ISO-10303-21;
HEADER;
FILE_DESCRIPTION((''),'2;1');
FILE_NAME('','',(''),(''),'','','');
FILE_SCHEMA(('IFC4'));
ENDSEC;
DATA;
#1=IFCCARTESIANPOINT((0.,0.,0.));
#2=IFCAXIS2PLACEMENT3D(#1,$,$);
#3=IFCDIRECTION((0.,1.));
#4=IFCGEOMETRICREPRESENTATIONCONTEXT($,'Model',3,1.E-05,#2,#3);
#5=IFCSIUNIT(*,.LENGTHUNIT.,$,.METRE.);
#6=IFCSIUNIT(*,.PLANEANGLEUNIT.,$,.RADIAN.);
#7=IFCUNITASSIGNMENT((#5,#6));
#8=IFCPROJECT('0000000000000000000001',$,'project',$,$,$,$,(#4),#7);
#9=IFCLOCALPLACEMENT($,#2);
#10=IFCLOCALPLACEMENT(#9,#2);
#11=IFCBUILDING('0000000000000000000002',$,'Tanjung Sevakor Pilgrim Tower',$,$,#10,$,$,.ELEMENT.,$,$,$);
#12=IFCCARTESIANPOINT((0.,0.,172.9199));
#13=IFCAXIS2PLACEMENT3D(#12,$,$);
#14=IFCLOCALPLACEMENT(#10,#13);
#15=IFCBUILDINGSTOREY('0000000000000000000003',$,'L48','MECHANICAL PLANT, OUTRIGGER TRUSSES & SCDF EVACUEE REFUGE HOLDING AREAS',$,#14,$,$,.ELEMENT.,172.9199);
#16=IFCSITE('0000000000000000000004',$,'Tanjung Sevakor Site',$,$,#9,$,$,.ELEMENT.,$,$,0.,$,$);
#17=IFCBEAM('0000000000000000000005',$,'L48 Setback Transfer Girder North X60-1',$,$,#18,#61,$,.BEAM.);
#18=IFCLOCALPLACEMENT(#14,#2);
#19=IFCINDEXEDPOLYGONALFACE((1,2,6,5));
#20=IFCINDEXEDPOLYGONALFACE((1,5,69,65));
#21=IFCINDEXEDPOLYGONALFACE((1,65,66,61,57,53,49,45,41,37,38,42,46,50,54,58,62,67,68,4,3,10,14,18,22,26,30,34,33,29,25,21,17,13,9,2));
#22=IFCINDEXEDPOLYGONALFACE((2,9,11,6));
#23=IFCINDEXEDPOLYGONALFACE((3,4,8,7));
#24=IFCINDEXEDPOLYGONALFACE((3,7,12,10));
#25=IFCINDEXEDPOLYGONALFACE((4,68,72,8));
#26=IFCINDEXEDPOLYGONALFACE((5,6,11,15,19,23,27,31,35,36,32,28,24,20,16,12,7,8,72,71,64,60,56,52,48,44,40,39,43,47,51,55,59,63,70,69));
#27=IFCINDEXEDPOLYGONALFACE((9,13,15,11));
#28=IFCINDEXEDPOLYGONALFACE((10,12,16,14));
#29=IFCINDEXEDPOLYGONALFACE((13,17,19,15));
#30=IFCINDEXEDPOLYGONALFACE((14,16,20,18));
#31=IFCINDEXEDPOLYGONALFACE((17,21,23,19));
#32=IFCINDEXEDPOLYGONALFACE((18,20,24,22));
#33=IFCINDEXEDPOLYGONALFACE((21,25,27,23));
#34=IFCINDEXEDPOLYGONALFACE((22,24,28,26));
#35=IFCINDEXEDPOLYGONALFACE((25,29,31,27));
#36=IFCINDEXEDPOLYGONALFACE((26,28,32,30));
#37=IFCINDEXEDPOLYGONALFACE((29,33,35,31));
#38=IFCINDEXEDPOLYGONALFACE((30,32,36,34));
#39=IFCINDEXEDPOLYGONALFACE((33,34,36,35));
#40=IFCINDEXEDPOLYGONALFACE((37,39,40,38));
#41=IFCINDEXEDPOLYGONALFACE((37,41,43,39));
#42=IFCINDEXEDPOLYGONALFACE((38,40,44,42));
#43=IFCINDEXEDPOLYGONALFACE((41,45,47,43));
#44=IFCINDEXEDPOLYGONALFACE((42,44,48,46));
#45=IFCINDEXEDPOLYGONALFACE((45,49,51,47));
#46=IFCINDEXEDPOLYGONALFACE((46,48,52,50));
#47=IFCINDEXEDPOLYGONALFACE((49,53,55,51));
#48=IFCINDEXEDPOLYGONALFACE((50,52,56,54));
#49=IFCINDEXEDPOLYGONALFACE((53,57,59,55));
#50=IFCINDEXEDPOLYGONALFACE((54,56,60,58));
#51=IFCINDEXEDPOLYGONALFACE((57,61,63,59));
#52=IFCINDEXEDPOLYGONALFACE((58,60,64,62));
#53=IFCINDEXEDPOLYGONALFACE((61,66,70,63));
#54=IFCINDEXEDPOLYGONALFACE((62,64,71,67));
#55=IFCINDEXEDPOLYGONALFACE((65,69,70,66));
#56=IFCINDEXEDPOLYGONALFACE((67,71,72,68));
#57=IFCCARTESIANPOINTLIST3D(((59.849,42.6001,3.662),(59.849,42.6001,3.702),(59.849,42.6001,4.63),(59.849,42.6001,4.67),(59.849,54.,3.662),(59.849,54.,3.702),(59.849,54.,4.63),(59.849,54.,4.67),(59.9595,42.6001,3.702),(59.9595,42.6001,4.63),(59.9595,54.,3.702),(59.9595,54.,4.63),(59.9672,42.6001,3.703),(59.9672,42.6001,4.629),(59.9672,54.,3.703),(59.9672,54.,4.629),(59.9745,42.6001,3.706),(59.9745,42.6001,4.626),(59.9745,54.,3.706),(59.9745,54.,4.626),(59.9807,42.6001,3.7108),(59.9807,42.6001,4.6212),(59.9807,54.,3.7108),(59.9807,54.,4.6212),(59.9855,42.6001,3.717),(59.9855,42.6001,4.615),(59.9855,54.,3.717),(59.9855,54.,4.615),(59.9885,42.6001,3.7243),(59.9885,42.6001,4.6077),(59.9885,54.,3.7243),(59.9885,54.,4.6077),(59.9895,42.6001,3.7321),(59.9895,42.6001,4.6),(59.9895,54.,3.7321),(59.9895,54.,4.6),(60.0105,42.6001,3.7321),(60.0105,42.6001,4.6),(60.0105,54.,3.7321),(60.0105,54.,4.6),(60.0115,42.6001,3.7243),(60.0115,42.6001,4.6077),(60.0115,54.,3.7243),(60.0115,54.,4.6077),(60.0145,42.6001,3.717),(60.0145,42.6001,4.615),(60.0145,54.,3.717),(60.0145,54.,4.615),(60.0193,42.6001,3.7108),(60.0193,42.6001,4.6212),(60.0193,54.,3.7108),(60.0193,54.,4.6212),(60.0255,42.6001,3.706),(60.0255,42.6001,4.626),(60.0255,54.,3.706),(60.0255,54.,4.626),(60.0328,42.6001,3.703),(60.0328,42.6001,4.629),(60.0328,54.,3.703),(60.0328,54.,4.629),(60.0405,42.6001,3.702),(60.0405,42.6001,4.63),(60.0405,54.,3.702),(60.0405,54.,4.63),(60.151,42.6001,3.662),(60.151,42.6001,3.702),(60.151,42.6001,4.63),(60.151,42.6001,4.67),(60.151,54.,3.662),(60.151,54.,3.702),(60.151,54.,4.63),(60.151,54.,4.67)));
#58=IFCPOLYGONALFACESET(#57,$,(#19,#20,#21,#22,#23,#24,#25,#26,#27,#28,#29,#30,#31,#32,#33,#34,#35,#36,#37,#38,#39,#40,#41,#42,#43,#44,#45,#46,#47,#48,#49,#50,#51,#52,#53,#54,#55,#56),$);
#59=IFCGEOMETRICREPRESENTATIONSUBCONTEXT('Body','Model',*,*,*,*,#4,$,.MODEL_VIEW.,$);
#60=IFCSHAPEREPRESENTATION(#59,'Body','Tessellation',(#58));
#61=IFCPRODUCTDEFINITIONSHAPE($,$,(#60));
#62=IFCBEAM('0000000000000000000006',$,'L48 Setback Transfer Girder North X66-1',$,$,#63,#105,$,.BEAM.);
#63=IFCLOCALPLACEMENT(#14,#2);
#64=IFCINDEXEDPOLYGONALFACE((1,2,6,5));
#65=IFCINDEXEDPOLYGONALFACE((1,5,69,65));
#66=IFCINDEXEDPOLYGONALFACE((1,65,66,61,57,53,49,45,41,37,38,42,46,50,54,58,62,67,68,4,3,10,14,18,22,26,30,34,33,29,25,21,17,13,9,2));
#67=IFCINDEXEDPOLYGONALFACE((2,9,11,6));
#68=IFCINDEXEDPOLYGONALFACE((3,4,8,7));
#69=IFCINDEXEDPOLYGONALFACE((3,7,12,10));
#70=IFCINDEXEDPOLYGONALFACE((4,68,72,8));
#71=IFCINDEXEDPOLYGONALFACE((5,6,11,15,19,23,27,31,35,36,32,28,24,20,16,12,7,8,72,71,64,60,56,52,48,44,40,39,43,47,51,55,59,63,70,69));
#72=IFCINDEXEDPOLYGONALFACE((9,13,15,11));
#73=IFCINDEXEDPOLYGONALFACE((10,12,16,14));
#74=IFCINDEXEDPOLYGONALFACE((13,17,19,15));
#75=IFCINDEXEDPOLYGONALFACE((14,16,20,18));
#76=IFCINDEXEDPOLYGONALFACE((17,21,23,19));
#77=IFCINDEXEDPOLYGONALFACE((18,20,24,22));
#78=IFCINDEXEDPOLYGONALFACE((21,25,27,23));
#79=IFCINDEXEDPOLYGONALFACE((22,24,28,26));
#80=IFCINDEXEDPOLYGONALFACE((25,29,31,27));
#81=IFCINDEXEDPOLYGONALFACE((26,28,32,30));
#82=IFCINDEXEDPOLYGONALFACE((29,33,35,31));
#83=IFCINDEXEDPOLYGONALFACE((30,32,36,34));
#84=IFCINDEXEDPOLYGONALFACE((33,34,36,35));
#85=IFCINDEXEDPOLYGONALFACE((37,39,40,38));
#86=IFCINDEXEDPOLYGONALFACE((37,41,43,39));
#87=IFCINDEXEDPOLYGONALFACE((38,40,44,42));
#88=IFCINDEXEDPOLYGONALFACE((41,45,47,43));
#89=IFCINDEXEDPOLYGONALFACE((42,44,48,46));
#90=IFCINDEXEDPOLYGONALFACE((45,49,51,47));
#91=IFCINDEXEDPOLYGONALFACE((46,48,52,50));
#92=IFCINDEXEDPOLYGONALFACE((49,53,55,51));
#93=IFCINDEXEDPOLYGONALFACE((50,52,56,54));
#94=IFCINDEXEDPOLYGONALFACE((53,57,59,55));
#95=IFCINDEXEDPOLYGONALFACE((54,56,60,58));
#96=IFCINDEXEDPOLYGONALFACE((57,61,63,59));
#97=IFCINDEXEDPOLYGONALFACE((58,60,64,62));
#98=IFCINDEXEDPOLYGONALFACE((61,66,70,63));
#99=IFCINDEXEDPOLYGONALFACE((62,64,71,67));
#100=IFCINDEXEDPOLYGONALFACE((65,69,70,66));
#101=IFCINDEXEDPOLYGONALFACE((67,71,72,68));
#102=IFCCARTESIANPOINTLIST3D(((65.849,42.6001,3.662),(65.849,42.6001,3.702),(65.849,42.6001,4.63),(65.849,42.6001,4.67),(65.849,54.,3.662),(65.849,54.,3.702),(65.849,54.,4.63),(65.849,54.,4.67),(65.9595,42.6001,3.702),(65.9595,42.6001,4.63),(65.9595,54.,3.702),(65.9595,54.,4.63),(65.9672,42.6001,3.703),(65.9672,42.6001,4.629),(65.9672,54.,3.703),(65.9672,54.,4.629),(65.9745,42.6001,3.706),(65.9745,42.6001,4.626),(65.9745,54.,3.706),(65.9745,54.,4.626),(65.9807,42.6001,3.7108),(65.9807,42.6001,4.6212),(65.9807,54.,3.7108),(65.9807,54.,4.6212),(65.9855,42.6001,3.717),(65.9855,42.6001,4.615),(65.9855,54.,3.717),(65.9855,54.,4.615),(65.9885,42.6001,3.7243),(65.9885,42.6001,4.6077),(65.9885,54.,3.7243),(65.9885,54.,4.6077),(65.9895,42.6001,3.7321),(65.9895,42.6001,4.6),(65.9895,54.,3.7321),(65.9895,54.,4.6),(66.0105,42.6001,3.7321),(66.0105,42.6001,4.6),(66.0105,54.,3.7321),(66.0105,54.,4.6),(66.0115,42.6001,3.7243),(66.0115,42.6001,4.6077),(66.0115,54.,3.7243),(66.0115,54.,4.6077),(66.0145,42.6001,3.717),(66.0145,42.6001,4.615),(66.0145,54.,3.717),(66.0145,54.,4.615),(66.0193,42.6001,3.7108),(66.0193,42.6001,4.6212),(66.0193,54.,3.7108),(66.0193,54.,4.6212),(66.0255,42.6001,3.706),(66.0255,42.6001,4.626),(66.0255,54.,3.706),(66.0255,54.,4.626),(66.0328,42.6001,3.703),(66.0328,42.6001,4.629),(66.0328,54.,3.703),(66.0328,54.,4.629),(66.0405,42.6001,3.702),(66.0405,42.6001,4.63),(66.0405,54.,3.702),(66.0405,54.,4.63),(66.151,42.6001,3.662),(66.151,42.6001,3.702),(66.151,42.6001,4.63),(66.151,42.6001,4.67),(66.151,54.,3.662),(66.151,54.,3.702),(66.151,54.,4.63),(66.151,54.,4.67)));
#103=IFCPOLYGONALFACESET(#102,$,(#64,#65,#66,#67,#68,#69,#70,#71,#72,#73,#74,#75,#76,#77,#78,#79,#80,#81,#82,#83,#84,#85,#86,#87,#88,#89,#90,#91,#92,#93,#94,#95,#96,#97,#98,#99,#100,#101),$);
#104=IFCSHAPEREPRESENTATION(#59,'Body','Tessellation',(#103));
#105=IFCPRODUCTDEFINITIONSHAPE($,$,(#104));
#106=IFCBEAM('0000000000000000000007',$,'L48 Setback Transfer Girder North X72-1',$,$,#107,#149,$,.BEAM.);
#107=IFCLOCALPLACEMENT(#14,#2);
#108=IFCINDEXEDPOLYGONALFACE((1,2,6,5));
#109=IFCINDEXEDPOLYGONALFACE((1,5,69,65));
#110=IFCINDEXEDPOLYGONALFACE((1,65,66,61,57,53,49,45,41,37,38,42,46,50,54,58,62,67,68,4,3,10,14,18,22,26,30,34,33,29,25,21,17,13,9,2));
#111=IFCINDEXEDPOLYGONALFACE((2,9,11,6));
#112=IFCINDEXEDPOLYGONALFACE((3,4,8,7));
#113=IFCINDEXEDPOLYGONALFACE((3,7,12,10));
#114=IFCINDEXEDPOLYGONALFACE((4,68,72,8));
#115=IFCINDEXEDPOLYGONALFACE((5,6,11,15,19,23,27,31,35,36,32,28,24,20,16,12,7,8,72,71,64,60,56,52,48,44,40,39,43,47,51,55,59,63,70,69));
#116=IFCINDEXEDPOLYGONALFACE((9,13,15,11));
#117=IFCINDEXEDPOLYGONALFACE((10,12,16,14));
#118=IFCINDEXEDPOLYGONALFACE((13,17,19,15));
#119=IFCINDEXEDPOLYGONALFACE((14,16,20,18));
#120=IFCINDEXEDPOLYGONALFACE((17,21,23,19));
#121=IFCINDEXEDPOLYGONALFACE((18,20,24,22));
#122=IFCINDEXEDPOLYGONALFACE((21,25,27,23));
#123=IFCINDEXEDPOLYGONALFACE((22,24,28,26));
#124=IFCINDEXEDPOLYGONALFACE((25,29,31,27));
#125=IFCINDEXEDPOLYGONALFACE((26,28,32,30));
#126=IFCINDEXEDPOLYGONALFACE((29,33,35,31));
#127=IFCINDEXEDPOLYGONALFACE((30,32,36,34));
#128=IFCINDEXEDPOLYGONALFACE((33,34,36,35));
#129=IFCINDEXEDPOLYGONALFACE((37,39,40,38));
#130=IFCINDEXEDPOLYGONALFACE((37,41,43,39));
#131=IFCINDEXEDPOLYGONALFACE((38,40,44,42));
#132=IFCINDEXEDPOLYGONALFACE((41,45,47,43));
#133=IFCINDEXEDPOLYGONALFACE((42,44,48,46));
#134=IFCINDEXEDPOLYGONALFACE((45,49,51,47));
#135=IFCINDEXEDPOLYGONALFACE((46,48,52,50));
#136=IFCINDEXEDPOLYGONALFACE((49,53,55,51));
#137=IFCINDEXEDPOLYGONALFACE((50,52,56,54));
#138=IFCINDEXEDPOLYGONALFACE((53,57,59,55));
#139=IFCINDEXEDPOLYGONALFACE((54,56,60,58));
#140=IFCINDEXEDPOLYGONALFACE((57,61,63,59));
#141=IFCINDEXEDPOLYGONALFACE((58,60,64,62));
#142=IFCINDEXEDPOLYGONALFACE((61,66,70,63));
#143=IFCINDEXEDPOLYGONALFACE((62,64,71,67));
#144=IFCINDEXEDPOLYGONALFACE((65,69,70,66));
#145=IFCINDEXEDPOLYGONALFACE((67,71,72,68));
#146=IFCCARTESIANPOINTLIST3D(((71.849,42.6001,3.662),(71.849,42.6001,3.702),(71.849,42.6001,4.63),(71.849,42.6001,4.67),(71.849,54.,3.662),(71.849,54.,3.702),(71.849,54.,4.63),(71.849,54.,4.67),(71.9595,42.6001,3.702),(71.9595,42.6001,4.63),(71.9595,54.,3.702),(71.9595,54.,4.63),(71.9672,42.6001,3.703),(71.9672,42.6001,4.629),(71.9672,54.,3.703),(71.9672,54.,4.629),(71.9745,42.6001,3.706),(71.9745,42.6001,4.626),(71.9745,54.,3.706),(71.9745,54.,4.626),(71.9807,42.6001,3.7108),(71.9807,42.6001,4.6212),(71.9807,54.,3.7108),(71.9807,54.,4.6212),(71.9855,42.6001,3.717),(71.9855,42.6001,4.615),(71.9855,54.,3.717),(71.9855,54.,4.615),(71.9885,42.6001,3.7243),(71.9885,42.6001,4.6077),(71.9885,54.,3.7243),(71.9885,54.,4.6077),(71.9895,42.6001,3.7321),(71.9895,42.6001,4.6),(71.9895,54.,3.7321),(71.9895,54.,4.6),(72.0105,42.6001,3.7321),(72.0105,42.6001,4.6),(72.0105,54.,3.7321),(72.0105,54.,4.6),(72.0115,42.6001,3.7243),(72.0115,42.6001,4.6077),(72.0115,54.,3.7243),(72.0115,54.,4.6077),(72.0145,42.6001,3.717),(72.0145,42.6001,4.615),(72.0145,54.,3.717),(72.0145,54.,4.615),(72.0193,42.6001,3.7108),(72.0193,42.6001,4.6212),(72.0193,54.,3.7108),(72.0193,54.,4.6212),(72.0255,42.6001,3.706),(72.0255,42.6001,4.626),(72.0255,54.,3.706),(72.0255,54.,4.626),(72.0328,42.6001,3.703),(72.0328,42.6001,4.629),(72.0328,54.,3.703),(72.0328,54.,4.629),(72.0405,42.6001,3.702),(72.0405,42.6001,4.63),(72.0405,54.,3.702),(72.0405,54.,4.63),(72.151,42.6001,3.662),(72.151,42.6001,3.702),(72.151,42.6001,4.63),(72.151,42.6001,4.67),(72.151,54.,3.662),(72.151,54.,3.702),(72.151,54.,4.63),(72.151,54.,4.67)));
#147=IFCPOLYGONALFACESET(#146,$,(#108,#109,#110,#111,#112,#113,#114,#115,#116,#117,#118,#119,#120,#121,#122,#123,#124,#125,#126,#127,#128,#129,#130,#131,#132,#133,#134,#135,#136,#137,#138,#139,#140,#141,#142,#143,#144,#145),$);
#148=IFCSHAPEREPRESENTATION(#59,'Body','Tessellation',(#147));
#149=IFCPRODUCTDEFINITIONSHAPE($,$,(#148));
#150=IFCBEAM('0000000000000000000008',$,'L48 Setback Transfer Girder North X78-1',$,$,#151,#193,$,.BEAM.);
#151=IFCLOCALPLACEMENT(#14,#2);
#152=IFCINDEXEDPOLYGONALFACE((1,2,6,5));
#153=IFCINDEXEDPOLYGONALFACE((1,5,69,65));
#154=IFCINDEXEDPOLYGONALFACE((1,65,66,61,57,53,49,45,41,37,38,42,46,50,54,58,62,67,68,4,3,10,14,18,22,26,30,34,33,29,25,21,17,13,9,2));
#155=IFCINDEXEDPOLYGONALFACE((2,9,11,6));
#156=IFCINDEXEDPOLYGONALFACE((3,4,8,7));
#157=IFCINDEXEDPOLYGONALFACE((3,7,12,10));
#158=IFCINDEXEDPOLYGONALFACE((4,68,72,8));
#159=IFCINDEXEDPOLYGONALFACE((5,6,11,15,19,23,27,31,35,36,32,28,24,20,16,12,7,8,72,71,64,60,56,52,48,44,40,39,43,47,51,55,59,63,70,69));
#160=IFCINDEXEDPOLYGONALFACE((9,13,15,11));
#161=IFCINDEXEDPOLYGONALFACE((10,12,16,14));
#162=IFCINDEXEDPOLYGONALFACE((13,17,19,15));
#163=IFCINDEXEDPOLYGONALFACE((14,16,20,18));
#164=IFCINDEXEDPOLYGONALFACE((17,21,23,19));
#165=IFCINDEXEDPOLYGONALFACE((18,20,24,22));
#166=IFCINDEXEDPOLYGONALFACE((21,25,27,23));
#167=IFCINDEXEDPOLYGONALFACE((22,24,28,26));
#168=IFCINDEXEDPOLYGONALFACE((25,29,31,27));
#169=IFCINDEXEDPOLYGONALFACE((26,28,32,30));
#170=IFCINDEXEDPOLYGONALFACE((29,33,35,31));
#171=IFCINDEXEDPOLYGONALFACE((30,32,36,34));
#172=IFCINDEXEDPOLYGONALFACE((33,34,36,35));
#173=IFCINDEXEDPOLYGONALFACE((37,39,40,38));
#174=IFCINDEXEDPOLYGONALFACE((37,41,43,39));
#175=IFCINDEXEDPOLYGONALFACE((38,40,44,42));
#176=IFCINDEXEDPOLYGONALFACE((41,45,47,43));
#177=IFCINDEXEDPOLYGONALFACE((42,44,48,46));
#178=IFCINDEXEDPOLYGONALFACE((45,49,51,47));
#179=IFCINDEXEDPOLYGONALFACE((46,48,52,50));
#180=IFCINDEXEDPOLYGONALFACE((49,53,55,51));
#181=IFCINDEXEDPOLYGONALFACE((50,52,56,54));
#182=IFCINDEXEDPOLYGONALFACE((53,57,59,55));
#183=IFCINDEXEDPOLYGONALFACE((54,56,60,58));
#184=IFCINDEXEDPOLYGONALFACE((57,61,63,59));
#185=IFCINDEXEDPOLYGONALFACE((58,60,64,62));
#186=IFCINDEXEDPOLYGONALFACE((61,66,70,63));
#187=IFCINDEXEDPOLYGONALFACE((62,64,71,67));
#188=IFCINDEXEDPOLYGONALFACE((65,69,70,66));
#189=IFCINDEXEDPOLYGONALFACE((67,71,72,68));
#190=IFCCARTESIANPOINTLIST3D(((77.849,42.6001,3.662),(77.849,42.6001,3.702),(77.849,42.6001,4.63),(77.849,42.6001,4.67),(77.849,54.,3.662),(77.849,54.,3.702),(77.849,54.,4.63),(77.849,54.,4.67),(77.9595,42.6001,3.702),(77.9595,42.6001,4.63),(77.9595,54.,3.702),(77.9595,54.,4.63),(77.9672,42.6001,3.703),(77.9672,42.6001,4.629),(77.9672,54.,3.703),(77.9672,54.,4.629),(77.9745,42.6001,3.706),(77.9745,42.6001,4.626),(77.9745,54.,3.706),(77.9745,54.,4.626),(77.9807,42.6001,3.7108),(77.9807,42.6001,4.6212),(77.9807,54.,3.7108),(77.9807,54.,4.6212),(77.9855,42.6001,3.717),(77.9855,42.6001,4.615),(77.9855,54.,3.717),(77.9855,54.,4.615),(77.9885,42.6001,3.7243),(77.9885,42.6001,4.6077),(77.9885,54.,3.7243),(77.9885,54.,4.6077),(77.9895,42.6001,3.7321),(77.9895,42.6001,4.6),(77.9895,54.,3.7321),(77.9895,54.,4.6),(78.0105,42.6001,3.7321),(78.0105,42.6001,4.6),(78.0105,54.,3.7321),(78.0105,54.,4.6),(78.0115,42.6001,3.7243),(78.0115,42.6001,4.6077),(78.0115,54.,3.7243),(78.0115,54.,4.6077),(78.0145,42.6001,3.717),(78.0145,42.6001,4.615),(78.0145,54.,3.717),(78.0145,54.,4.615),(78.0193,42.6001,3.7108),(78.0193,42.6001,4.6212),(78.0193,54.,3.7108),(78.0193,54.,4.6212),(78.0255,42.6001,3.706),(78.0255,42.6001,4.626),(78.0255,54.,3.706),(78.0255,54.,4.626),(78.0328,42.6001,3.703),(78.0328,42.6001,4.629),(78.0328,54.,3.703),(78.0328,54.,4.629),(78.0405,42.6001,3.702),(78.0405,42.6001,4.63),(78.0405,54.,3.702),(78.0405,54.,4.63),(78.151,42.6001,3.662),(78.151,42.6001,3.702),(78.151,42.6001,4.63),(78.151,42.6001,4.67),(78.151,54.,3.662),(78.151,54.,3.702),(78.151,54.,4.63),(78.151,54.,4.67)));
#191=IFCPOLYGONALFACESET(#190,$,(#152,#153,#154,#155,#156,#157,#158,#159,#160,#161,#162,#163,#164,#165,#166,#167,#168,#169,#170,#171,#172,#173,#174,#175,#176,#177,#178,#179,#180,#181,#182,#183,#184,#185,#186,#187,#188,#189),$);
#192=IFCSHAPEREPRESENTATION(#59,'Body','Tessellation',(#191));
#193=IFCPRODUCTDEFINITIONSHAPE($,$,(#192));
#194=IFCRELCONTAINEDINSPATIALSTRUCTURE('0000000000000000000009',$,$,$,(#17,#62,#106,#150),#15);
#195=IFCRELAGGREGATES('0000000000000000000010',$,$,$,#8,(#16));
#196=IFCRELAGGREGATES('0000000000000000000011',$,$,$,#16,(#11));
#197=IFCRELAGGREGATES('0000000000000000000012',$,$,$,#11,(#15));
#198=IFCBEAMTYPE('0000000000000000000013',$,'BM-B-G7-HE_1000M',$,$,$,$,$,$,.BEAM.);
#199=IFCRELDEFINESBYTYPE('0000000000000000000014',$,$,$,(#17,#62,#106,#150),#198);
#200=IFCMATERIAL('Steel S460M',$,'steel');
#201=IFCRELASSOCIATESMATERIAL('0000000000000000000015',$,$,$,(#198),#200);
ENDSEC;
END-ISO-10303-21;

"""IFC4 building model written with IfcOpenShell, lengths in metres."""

from ifc_helpers import new_model, si_unit, direction, frame, origin, origin_2d, place, context, subcontext, project, spatial, i_section, extrude, material, material_profile, profile_set, type_object, element, save


model = new_model("IFC4")

# Units and contexts
model_context = context("Model", 3, precision=1e-05, world=origin(), true_north=direction((0.0, 1.0)))
body_context = subcontext(model_context, "Body", "Model", "MODEL_VIEW")
ifc_project = project(units=[si_unit("LENGTHUNIT", "METRE"), si_unit("PLANEANGLEUNIT", "RADIAN")], contexts=[model_context])

# Site, building, storey
site_placement = place(None, origin())
site = spatial("IfcSite", under=ifc_project, at=site_placement, Name="Tanjung Sevakor Site", CompositionType="ELEMENT", RefElevation=0.0)
building_placement = place(site_placement, origin())
building = spatial("IfcBuilding", under=site, at=building_placement, Name="Tanjung Sevakor Pilgrim Tower", CompositionType="ELEMENT")
storey_placement = place(building_placement, frame((0.0, 0.0, 172.9199)))
storey = spatial("IfcBuildingStorey", under=building, at=storey_placement, Name="L48", Description="MECHANICAL PLANT, OUTRIGGER TRUSSES & SCDF EVACUEE REFUGE HOLDING AREAS", CompositionType="ELEMENT", Elevation=172.9199)

# Beams
ifc_material_1 = material(Name="Steel S460M", Category="steel")
ifc_material_profile_1 = material_profile(ifc_material_1, i_section(OverallWidth=0.302, OverallDepth=1.0081, WebThickness=0.021, FlangeThickness=0.04, FilletRadius=0.03, at=origin_2d()))
ifc_profile_set_1 = profile_set([ifc_material_profile_1], Name="Steel S460M")
beam_type_1 = type_object("IfcBeamType", Name="BM-B-G7-HE_1000M", PredefinedType="BEAM", material=ifc_profile_set_1)
for number, where, z_axis, x_axis, name in (
    (1, (60.0, 42.6001, 4.166), (0.0, 1.0, 0.0), (-1.0, 0.0, 0.0), "L48 Setback Transfer Girder North X60-1"),
    (2, (66.0, 42.6001, 4.166), (0.0, 1.0, 0.0), (-1.0, 0.0, 0.0), "L48 Setback Transfer Girder North X66-1"),
    (3, (72.0, 42.6001, 4.166), (0.0, 1.0, 0.0), (-1.0, 0.0, 0.0), "L48 Setback Transfer Girder North X72-1"),
    (4, (78.0, 42.6001, 4.166), (0.0, 1.0, 0.0), (-1.0, 0.0, 0.0), "L48 Setback Transfer Girder North X78-1"),
):
    element("IfcBeam", number, at=place(storey_placement, frame(where, z_axis=z_axis, x_axis=x_axis)), inside=storey, type_object=beam_type_1, Name=name, PredefinedType="BEAM", context=body_context, shape_type="SweptSolid", body=[
        extrude(i_section(OverallWidth=0.302, OverallDepth=1.0081, WebThickness=0.021, FlangeThickness=0.04, FilletRadius=0.03, at=origin_2d()), origin(), (0.0, 0.0, 1.0), 11.3999),
    ])

save(model, "model.ifc")
